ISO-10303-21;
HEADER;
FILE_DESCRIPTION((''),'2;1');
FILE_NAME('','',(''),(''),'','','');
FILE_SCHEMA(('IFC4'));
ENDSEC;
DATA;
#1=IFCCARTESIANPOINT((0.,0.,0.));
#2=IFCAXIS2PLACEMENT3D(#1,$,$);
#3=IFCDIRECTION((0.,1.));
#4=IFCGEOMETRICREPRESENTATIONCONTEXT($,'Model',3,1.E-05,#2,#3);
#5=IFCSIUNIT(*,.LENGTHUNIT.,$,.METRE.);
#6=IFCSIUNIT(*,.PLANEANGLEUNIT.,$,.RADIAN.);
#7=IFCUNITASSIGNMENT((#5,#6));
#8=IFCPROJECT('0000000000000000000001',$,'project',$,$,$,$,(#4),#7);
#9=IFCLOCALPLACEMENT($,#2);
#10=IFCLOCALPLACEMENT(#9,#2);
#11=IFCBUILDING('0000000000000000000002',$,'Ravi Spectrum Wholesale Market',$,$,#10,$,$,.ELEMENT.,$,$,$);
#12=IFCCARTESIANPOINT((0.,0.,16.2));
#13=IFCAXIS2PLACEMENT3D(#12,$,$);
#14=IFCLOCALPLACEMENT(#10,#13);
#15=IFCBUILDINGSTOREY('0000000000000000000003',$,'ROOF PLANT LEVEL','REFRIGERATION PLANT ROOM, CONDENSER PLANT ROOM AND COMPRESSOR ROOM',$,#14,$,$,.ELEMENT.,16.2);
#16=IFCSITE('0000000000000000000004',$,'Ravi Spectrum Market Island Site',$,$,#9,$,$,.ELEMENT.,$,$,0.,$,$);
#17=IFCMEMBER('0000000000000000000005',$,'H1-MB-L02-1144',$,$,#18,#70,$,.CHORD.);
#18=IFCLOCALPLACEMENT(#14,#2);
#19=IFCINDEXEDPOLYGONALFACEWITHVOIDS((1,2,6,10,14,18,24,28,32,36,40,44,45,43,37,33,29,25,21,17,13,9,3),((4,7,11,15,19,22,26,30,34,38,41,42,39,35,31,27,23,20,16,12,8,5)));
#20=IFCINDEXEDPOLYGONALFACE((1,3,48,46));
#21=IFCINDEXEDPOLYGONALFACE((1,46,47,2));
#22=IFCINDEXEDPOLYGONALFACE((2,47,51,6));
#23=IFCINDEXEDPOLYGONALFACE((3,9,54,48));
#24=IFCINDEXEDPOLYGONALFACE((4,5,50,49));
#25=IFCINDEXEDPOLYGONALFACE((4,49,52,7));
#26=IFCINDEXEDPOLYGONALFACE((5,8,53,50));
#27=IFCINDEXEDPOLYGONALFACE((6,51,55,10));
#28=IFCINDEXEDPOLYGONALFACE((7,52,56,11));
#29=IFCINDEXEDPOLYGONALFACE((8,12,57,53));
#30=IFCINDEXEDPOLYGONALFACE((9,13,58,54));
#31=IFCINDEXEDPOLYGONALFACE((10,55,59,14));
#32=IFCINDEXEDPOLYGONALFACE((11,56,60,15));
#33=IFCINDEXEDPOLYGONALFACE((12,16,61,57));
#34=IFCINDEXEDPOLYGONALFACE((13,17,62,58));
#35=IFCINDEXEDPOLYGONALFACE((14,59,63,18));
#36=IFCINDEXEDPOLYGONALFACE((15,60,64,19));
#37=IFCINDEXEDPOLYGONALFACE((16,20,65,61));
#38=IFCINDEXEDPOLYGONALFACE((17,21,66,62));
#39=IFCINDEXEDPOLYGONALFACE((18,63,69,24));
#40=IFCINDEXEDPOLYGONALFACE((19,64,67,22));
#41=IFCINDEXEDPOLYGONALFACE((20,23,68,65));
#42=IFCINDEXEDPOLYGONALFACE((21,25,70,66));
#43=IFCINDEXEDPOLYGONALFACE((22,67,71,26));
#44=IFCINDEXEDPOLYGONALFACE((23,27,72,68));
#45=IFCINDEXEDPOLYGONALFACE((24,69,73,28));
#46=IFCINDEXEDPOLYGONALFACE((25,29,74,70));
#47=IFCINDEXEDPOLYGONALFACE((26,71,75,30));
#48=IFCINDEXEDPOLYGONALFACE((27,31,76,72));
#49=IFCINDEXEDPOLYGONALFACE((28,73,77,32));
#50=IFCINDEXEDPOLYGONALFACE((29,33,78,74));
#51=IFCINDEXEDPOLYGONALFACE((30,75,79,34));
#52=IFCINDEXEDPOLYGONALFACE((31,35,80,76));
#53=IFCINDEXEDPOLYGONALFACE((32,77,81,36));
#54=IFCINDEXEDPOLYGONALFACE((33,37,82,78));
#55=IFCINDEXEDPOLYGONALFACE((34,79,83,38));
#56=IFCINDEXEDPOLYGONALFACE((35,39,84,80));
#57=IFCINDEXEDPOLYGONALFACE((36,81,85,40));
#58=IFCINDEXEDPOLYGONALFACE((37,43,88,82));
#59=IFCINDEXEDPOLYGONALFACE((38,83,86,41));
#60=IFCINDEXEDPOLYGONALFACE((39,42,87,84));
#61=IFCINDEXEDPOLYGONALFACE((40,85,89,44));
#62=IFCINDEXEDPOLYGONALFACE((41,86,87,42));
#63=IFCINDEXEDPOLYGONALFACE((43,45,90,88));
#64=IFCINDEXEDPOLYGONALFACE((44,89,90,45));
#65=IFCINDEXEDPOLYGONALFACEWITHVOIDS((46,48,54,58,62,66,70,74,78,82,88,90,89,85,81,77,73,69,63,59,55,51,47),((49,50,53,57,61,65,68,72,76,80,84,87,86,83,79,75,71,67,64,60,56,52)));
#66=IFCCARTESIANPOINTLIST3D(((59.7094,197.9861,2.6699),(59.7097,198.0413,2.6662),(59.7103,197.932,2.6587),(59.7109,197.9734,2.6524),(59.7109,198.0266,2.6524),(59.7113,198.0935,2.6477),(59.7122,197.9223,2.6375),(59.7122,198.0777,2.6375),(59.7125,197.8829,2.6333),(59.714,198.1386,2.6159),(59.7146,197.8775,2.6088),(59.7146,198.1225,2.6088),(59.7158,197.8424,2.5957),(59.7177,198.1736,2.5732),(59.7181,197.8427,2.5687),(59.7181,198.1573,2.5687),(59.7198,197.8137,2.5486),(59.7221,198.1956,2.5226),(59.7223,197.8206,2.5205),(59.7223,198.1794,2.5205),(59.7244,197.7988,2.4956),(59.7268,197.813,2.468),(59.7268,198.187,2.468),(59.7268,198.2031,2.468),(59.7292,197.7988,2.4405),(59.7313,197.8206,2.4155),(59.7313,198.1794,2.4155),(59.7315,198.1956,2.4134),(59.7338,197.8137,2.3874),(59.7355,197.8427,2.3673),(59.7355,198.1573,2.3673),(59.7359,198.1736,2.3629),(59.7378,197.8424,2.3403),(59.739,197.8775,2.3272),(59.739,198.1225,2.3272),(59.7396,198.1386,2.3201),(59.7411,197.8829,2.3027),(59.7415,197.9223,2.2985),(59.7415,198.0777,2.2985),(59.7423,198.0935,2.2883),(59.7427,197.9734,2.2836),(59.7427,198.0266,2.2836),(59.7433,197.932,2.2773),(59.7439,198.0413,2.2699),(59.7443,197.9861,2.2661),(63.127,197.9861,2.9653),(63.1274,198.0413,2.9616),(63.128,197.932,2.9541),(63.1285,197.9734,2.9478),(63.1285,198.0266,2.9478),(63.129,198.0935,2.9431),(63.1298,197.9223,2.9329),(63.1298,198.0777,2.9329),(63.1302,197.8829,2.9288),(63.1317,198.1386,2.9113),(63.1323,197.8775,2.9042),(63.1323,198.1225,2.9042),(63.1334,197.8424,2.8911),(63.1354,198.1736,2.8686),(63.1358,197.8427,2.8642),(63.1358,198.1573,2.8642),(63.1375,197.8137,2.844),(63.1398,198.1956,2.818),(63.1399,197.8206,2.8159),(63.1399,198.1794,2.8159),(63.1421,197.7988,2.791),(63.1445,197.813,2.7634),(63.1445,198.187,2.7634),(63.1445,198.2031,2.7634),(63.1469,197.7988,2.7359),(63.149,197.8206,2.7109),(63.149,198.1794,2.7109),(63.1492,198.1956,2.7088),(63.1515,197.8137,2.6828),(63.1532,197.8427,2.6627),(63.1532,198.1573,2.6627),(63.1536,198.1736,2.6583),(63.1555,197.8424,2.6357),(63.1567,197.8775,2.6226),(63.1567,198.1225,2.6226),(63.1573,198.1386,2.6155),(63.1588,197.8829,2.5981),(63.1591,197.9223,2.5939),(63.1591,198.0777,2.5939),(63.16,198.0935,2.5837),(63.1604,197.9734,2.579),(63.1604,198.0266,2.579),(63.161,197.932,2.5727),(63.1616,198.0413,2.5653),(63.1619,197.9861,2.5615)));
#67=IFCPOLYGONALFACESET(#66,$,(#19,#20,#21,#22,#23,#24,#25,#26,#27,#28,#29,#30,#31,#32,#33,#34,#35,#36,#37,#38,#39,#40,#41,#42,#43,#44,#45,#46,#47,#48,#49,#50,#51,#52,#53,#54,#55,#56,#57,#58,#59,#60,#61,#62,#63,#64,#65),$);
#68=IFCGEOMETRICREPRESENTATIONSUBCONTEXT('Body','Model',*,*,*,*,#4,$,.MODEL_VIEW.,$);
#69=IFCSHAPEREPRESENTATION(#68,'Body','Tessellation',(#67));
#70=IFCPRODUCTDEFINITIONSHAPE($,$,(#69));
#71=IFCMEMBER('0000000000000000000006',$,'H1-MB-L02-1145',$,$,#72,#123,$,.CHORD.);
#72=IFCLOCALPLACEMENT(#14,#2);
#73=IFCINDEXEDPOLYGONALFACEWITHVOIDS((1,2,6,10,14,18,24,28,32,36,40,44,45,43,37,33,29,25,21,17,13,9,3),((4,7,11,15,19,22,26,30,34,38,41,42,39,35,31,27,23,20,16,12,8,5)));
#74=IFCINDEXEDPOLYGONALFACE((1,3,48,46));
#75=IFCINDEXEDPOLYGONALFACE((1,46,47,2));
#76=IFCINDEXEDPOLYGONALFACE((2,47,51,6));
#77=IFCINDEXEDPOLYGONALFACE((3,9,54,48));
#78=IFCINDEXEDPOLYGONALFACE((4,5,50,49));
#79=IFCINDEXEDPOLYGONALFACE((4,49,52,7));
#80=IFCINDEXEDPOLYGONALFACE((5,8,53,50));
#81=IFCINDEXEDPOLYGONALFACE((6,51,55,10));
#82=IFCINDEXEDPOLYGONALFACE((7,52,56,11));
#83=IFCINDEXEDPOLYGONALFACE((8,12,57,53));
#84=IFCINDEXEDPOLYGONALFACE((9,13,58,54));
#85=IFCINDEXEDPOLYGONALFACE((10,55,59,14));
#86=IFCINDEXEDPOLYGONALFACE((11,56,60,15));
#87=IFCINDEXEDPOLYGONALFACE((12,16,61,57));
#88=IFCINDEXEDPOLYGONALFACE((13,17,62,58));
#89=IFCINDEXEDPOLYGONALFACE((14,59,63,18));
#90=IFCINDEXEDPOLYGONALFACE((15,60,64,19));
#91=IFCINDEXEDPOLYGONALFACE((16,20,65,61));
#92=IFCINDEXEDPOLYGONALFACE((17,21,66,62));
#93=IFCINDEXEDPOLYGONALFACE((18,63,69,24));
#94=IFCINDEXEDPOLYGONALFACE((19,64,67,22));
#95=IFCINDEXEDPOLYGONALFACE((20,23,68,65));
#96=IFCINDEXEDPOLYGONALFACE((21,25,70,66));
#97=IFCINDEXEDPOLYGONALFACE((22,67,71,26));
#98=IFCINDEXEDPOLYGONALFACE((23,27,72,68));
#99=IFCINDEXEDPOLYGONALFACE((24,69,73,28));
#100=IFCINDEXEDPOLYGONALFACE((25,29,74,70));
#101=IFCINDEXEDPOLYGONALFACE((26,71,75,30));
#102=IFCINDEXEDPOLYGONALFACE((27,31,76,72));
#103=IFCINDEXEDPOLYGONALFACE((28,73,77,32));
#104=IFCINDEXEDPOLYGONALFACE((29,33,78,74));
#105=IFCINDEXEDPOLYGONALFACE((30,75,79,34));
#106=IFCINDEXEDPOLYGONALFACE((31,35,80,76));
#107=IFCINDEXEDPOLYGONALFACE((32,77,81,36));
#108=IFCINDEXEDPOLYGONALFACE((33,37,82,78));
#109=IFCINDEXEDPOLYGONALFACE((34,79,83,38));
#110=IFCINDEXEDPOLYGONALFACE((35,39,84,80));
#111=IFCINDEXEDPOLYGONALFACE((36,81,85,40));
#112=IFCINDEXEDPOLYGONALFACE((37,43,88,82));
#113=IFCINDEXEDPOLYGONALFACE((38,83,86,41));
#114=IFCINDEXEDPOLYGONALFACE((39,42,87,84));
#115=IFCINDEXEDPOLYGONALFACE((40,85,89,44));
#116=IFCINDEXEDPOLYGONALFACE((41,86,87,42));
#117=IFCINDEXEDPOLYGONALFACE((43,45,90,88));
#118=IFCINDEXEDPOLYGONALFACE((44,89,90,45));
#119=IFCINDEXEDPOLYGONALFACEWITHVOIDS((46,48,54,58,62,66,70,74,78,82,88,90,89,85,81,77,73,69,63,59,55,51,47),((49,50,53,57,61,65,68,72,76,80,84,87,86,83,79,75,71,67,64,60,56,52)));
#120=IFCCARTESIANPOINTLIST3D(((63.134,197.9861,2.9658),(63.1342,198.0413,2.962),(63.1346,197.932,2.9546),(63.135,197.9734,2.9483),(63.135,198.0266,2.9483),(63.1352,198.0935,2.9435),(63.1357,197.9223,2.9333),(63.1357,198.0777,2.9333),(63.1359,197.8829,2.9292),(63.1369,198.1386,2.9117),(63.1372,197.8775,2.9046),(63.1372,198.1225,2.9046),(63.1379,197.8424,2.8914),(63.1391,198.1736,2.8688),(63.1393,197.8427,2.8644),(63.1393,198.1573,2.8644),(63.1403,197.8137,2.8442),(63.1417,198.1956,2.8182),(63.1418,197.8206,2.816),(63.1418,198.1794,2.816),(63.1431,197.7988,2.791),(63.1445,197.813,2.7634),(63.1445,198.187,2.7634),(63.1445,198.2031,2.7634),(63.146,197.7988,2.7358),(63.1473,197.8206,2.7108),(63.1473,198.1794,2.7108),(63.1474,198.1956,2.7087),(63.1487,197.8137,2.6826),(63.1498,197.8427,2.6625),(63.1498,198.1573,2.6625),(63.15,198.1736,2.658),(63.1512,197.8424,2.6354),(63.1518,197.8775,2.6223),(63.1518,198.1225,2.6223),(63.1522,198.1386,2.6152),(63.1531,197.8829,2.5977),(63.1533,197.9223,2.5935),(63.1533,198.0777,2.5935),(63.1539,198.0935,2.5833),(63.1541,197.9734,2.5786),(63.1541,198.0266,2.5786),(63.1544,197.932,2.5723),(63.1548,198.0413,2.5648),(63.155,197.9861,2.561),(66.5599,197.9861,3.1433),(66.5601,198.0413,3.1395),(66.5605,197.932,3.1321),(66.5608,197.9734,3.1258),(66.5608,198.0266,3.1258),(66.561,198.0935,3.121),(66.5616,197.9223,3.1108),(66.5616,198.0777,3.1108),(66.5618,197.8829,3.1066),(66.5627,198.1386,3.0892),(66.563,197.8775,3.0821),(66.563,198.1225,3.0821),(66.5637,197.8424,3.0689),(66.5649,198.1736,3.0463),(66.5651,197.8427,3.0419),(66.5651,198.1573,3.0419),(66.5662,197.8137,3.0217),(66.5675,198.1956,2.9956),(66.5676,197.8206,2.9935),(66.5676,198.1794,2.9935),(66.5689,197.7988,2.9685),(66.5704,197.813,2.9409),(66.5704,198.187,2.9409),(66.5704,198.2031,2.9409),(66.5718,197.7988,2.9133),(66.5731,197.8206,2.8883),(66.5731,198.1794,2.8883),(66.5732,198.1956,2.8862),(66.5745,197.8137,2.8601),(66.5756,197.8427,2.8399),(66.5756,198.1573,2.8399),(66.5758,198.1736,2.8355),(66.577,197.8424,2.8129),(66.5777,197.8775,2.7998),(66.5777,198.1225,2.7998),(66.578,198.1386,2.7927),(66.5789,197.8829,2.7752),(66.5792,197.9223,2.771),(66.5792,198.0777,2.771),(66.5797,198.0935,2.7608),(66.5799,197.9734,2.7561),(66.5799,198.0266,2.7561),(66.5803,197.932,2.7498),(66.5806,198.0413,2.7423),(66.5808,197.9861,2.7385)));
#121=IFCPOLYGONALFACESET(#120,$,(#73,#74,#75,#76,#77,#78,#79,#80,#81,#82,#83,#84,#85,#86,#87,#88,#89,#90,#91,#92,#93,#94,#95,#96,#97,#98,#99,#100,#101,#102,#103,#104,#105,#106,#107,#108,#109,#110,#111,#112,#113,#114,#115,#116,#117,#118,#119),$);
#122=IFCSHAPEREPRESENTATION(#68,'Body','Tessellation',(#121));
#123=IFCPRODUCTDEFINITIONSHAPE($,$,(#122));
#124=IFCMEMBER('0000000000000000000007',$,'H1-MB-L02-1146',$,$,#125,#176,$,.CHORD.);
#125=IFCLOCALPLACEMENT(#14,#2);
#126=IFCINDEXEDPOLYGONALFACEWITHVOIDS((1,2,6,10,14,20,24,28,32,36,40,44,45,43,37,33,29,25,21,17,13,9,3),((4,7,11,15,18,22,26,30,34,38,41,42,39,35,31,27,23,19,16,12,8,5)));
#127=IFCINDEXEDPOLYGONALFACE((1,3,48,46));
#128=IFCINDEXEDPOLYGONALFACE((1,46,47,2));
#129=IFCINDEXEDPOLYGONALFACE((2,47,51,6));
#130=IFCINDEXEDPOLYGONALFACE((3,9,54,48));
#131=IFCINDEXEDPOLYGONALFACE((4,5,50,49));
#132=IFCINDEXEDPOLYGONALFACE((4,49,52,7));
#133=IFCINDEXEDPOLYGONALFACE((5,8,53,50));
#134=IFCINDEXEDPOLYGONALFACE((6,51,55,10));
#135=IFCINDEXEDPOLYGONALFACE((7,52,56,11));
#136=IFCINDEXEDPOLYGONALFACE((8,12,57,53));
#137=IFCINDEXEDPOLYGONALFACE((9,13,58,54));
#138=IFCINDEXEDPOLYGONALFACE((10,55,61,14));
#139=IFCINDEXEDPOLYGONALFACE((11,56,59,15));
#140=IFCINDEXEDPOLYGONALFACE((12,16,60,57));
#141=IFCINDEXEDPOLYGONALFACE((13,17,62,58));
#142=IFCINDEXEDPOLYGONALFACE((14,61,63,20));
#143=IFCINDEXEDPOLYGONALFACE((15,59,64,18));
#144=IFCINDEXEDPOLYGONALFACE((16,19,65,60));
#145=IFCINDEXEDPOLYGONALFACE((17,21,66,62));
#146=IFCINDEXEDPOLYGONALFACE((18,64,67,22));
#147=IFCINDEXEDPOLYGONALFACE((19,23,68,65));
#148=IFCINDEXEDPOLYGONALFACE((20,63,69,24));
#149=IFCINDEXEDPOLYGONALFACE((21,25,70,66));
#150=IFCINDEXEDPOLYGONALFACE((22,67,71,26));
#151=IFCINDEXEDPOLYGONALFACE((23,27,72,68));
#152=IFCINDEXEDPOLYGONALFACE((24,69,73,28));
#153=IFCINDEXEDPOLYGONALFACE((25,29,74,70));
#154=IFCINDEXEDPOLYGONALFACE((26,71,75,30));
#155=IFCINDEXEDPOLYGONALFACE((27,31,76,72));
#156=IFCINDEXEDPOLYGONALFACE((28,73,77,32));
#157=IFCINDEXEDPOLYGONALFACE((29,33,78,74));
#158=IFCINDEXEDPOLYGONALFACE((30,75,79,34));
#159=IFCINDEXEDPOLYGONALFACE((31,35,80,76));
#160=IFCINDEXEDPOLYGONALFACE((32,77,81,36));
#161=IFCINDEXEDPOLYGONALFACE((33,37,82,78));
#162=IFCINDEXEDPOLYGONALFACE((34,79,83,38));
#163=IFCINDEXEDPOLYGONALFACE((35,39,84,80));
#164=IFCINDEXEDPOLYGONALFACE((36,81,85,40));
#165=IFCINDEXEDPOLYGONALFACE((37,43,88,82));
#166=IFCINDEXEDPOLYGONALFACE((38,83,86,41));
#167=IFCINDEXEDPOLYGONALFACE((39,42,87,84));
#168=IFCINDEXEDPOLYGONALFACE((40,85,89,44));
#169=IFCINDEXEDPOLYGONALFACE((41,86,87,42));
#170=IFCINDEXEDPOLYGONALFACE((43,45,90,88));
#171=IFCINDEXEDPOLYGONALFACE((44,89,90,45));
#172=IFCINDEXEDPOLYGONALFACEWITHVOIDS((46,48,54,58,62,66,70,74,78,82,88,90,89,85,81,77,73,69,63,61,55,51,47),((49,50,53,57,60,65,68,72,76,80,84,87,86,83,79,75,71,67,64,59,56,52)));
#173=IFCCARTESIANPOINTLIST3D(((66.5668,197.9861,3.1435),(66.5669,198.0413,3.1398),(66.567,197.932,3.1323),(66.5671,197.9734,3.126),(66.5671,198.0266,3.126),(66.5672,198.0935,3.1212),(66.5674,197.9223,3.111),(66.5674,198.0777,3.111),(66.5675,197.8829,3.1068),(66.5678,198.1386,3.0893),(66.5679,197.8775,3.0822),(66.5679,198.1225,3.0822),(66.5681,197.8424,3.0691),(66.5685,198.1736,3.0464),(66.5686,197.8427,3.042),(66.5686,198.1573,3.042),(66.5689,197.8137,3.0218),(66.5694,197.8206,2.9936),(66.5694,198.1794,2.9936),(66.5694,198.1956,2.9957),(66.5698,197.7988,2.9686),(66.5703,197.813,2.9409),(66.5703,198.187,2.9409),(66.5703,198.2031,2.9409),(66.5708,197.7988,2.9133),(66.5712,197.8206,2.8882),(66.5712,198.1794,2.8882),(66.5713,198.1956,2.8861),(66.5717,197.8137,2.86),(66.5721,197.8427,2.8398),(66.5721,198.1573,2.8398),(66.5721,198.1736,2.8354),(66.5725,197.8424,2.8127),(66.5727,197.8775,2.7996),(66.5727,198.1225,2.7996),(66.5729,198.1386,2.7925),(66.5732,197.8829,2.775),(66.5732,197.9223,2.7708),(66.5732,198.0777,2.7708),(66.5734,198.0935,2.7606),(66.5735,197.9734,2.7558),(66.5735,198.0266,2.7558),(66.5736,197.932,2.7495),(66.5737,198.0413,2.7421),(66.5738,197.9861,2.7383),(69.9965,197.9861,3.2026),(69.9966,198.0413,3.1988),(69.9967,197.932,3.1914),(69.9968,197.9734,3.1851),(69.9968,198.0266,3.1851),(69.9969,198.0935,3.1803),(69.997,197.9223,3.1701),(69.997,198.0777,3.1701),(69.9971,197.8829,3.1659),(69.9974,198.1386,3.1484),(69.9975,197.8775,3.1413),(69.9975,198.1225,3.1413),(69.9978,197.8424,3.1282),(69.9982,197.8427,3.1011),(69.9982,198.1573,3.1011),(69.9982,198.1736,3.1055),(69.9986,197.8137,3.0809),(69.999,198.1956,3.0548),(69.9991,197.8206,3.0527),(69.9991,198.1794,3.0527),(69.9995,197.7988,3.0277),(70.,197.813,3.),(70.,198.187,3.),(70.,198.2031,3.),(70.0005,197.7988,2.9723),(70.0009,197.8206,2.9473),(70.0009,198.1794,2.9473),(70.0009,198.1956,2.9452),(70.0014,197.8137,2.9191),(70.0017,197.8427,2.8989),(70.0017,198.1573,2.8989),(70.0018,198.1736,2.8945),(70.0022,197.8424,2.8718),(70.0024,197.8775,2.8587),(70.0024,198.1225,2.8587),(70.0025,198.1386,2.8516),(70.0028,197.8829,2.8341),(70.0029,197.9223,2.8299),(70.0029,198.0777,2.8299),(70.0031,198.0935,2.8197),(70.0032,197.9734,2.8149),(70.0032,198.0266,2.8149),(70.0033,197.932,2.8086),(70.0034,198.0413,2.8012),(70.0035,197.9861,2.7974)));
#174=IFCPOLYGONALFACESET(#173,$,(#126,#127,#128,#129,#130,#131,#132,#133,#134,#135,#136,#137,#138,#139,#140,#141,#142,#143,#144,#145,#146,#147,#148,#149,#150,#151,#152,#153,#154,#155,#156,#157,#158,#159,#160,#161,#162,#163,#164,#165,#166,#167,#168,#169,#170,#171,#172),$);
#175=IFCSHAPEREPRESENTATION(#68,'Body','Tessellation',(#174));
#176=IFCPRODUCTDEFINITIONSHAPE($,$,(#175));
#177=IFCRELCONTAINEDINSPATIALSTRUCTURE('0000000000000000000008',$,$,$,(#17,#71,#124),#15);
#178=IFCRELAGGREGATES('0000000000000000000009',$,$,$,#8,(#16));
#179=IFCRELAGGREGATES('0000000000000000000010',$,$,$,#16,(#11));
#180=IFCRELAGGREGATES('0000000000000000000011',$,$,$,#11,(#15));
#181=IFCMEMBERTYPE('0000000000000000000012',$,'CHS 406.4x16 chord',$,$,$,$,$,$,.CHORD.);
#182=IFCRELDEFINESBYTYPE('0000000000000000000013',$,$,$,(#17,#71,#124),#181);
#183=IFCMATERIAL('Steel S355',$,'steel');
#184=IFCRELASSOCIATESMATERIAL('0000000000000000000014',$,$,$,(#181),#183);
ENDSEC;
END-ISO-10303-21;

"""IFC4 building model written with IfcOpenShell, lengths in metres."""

from ifc_helpers import new_model, si_unit, direction, frame, origin, origin_2d, place, context, subcontext, project, spatial, hollow_circle, extrude, material, material_profile, profile_set, type_object, element, save


model = new_model("IFC4")

# Units and contexts
model_context = context("Model", 3, precision=1e-05, world=origin(), true_north=direction((0.0, 1.0)))
body_context = subcontext(model_context, "Body", "Model", "MODEL_VIEW")
ifc_project = project(units=[si_unit("LENGTHUNIT", "METRE"), si_unit("PLANEANGLEUNIT", "RADIAN")], contexts=[model_context])

# Site, building, storey
site_placement = place(None, origin())
site = spatial("IfcSite", under=ifc_project, at=site_placement, Name="Ravi Spectrum Market Island Site", CompositionType="ELEMENT", RefElevation=0.0)
building_placement = place(site_placement, origin())
building = spatial("IfcBuilding", under=site, at=building_placement, Name="Ravi Spectrum Wholesale Market", CompositionType="ELEMENT")
storey_placement = place(building_placement, frame((0.0, 0.0, 16.2)))
storey = spatial("IfcBuildingStorey", under=building, at=storey_placement, Name="ROOF PLANT LEVEL", Description="REFRIGERATION PLANT ROOM, CONDENSER PLANT ROOM AND COMPRESSOR ROOM", CompositionType="ELEMENT", Elevation=16.2)

# Members
ifc_material_1 = material(Name="Steel S355", Category="steel")
ifc_material_profile_1 = material_profile(ifc_material_1, hollow_circle(Radius=0.2031, WallThickness=0.0161, at=origin_2d()))
ifc_profile_set_1 = profile_set([ifc_material_profile_1], Name="Steel S355")
member_type_1 = type_object("IfcMemberType", Name="CHS 406.4x16 chord", PredefinedType="CHORD", material=ifc_profile_set_1)
for number, where, z_axis, x_axis, name in (
    (1, (59.7268, 198.0, 2.468), (0.996285, 0.0, 0.086114), (0.0, 1.0, 0.0), "H1-MB-L02-1144"),
    (2, (63.1445, 198.0, 2.7634), (0.998661, 0.0, 0.051741), (0.0, 1.0, 0.0), "H1-MB-L02-1145"),
):
    element("IfcMember", number, at=place(storey_placement, frame(where, z_axis=z_axis, x_axis=x_axis)), inside=storey, type_object=member_type_1, Name=name, PredefinedType="CHORD", context=body_context, shape_type="SweptSolid", body=[
        extrude(hollow_circle(Radius=0.2031, WallThickness=0.0161, at=origin_2d()), origin(), (0.0, 0.0, 1.0), 3.4304),
    ])
for number, where, z_axis, x_axis, name in (
    (3, (66.5703, 198.0, 2.9409), (0.999852, 0.0, 0.017224), (0.0, 1.0, 0.0), "H1-MB-L02-1146"),
):
    element("IfcMember", number, at=place(storey_placement, frame(where, z_axis=z_axis, x_axis=x_axis)), inside=storey, type_object=member_type_1, Name=name, PredefinedType="CHORD", context=body_context, shape_type="SweptSolid", body=[
        extrude(hollow_circle(Radius=0.2031, WallThickness=0.0161, at=origin_2d()), origin(), (0.0, 0.0, 1.0), 3.4302),
    ])

save(model, "model.ifc")
